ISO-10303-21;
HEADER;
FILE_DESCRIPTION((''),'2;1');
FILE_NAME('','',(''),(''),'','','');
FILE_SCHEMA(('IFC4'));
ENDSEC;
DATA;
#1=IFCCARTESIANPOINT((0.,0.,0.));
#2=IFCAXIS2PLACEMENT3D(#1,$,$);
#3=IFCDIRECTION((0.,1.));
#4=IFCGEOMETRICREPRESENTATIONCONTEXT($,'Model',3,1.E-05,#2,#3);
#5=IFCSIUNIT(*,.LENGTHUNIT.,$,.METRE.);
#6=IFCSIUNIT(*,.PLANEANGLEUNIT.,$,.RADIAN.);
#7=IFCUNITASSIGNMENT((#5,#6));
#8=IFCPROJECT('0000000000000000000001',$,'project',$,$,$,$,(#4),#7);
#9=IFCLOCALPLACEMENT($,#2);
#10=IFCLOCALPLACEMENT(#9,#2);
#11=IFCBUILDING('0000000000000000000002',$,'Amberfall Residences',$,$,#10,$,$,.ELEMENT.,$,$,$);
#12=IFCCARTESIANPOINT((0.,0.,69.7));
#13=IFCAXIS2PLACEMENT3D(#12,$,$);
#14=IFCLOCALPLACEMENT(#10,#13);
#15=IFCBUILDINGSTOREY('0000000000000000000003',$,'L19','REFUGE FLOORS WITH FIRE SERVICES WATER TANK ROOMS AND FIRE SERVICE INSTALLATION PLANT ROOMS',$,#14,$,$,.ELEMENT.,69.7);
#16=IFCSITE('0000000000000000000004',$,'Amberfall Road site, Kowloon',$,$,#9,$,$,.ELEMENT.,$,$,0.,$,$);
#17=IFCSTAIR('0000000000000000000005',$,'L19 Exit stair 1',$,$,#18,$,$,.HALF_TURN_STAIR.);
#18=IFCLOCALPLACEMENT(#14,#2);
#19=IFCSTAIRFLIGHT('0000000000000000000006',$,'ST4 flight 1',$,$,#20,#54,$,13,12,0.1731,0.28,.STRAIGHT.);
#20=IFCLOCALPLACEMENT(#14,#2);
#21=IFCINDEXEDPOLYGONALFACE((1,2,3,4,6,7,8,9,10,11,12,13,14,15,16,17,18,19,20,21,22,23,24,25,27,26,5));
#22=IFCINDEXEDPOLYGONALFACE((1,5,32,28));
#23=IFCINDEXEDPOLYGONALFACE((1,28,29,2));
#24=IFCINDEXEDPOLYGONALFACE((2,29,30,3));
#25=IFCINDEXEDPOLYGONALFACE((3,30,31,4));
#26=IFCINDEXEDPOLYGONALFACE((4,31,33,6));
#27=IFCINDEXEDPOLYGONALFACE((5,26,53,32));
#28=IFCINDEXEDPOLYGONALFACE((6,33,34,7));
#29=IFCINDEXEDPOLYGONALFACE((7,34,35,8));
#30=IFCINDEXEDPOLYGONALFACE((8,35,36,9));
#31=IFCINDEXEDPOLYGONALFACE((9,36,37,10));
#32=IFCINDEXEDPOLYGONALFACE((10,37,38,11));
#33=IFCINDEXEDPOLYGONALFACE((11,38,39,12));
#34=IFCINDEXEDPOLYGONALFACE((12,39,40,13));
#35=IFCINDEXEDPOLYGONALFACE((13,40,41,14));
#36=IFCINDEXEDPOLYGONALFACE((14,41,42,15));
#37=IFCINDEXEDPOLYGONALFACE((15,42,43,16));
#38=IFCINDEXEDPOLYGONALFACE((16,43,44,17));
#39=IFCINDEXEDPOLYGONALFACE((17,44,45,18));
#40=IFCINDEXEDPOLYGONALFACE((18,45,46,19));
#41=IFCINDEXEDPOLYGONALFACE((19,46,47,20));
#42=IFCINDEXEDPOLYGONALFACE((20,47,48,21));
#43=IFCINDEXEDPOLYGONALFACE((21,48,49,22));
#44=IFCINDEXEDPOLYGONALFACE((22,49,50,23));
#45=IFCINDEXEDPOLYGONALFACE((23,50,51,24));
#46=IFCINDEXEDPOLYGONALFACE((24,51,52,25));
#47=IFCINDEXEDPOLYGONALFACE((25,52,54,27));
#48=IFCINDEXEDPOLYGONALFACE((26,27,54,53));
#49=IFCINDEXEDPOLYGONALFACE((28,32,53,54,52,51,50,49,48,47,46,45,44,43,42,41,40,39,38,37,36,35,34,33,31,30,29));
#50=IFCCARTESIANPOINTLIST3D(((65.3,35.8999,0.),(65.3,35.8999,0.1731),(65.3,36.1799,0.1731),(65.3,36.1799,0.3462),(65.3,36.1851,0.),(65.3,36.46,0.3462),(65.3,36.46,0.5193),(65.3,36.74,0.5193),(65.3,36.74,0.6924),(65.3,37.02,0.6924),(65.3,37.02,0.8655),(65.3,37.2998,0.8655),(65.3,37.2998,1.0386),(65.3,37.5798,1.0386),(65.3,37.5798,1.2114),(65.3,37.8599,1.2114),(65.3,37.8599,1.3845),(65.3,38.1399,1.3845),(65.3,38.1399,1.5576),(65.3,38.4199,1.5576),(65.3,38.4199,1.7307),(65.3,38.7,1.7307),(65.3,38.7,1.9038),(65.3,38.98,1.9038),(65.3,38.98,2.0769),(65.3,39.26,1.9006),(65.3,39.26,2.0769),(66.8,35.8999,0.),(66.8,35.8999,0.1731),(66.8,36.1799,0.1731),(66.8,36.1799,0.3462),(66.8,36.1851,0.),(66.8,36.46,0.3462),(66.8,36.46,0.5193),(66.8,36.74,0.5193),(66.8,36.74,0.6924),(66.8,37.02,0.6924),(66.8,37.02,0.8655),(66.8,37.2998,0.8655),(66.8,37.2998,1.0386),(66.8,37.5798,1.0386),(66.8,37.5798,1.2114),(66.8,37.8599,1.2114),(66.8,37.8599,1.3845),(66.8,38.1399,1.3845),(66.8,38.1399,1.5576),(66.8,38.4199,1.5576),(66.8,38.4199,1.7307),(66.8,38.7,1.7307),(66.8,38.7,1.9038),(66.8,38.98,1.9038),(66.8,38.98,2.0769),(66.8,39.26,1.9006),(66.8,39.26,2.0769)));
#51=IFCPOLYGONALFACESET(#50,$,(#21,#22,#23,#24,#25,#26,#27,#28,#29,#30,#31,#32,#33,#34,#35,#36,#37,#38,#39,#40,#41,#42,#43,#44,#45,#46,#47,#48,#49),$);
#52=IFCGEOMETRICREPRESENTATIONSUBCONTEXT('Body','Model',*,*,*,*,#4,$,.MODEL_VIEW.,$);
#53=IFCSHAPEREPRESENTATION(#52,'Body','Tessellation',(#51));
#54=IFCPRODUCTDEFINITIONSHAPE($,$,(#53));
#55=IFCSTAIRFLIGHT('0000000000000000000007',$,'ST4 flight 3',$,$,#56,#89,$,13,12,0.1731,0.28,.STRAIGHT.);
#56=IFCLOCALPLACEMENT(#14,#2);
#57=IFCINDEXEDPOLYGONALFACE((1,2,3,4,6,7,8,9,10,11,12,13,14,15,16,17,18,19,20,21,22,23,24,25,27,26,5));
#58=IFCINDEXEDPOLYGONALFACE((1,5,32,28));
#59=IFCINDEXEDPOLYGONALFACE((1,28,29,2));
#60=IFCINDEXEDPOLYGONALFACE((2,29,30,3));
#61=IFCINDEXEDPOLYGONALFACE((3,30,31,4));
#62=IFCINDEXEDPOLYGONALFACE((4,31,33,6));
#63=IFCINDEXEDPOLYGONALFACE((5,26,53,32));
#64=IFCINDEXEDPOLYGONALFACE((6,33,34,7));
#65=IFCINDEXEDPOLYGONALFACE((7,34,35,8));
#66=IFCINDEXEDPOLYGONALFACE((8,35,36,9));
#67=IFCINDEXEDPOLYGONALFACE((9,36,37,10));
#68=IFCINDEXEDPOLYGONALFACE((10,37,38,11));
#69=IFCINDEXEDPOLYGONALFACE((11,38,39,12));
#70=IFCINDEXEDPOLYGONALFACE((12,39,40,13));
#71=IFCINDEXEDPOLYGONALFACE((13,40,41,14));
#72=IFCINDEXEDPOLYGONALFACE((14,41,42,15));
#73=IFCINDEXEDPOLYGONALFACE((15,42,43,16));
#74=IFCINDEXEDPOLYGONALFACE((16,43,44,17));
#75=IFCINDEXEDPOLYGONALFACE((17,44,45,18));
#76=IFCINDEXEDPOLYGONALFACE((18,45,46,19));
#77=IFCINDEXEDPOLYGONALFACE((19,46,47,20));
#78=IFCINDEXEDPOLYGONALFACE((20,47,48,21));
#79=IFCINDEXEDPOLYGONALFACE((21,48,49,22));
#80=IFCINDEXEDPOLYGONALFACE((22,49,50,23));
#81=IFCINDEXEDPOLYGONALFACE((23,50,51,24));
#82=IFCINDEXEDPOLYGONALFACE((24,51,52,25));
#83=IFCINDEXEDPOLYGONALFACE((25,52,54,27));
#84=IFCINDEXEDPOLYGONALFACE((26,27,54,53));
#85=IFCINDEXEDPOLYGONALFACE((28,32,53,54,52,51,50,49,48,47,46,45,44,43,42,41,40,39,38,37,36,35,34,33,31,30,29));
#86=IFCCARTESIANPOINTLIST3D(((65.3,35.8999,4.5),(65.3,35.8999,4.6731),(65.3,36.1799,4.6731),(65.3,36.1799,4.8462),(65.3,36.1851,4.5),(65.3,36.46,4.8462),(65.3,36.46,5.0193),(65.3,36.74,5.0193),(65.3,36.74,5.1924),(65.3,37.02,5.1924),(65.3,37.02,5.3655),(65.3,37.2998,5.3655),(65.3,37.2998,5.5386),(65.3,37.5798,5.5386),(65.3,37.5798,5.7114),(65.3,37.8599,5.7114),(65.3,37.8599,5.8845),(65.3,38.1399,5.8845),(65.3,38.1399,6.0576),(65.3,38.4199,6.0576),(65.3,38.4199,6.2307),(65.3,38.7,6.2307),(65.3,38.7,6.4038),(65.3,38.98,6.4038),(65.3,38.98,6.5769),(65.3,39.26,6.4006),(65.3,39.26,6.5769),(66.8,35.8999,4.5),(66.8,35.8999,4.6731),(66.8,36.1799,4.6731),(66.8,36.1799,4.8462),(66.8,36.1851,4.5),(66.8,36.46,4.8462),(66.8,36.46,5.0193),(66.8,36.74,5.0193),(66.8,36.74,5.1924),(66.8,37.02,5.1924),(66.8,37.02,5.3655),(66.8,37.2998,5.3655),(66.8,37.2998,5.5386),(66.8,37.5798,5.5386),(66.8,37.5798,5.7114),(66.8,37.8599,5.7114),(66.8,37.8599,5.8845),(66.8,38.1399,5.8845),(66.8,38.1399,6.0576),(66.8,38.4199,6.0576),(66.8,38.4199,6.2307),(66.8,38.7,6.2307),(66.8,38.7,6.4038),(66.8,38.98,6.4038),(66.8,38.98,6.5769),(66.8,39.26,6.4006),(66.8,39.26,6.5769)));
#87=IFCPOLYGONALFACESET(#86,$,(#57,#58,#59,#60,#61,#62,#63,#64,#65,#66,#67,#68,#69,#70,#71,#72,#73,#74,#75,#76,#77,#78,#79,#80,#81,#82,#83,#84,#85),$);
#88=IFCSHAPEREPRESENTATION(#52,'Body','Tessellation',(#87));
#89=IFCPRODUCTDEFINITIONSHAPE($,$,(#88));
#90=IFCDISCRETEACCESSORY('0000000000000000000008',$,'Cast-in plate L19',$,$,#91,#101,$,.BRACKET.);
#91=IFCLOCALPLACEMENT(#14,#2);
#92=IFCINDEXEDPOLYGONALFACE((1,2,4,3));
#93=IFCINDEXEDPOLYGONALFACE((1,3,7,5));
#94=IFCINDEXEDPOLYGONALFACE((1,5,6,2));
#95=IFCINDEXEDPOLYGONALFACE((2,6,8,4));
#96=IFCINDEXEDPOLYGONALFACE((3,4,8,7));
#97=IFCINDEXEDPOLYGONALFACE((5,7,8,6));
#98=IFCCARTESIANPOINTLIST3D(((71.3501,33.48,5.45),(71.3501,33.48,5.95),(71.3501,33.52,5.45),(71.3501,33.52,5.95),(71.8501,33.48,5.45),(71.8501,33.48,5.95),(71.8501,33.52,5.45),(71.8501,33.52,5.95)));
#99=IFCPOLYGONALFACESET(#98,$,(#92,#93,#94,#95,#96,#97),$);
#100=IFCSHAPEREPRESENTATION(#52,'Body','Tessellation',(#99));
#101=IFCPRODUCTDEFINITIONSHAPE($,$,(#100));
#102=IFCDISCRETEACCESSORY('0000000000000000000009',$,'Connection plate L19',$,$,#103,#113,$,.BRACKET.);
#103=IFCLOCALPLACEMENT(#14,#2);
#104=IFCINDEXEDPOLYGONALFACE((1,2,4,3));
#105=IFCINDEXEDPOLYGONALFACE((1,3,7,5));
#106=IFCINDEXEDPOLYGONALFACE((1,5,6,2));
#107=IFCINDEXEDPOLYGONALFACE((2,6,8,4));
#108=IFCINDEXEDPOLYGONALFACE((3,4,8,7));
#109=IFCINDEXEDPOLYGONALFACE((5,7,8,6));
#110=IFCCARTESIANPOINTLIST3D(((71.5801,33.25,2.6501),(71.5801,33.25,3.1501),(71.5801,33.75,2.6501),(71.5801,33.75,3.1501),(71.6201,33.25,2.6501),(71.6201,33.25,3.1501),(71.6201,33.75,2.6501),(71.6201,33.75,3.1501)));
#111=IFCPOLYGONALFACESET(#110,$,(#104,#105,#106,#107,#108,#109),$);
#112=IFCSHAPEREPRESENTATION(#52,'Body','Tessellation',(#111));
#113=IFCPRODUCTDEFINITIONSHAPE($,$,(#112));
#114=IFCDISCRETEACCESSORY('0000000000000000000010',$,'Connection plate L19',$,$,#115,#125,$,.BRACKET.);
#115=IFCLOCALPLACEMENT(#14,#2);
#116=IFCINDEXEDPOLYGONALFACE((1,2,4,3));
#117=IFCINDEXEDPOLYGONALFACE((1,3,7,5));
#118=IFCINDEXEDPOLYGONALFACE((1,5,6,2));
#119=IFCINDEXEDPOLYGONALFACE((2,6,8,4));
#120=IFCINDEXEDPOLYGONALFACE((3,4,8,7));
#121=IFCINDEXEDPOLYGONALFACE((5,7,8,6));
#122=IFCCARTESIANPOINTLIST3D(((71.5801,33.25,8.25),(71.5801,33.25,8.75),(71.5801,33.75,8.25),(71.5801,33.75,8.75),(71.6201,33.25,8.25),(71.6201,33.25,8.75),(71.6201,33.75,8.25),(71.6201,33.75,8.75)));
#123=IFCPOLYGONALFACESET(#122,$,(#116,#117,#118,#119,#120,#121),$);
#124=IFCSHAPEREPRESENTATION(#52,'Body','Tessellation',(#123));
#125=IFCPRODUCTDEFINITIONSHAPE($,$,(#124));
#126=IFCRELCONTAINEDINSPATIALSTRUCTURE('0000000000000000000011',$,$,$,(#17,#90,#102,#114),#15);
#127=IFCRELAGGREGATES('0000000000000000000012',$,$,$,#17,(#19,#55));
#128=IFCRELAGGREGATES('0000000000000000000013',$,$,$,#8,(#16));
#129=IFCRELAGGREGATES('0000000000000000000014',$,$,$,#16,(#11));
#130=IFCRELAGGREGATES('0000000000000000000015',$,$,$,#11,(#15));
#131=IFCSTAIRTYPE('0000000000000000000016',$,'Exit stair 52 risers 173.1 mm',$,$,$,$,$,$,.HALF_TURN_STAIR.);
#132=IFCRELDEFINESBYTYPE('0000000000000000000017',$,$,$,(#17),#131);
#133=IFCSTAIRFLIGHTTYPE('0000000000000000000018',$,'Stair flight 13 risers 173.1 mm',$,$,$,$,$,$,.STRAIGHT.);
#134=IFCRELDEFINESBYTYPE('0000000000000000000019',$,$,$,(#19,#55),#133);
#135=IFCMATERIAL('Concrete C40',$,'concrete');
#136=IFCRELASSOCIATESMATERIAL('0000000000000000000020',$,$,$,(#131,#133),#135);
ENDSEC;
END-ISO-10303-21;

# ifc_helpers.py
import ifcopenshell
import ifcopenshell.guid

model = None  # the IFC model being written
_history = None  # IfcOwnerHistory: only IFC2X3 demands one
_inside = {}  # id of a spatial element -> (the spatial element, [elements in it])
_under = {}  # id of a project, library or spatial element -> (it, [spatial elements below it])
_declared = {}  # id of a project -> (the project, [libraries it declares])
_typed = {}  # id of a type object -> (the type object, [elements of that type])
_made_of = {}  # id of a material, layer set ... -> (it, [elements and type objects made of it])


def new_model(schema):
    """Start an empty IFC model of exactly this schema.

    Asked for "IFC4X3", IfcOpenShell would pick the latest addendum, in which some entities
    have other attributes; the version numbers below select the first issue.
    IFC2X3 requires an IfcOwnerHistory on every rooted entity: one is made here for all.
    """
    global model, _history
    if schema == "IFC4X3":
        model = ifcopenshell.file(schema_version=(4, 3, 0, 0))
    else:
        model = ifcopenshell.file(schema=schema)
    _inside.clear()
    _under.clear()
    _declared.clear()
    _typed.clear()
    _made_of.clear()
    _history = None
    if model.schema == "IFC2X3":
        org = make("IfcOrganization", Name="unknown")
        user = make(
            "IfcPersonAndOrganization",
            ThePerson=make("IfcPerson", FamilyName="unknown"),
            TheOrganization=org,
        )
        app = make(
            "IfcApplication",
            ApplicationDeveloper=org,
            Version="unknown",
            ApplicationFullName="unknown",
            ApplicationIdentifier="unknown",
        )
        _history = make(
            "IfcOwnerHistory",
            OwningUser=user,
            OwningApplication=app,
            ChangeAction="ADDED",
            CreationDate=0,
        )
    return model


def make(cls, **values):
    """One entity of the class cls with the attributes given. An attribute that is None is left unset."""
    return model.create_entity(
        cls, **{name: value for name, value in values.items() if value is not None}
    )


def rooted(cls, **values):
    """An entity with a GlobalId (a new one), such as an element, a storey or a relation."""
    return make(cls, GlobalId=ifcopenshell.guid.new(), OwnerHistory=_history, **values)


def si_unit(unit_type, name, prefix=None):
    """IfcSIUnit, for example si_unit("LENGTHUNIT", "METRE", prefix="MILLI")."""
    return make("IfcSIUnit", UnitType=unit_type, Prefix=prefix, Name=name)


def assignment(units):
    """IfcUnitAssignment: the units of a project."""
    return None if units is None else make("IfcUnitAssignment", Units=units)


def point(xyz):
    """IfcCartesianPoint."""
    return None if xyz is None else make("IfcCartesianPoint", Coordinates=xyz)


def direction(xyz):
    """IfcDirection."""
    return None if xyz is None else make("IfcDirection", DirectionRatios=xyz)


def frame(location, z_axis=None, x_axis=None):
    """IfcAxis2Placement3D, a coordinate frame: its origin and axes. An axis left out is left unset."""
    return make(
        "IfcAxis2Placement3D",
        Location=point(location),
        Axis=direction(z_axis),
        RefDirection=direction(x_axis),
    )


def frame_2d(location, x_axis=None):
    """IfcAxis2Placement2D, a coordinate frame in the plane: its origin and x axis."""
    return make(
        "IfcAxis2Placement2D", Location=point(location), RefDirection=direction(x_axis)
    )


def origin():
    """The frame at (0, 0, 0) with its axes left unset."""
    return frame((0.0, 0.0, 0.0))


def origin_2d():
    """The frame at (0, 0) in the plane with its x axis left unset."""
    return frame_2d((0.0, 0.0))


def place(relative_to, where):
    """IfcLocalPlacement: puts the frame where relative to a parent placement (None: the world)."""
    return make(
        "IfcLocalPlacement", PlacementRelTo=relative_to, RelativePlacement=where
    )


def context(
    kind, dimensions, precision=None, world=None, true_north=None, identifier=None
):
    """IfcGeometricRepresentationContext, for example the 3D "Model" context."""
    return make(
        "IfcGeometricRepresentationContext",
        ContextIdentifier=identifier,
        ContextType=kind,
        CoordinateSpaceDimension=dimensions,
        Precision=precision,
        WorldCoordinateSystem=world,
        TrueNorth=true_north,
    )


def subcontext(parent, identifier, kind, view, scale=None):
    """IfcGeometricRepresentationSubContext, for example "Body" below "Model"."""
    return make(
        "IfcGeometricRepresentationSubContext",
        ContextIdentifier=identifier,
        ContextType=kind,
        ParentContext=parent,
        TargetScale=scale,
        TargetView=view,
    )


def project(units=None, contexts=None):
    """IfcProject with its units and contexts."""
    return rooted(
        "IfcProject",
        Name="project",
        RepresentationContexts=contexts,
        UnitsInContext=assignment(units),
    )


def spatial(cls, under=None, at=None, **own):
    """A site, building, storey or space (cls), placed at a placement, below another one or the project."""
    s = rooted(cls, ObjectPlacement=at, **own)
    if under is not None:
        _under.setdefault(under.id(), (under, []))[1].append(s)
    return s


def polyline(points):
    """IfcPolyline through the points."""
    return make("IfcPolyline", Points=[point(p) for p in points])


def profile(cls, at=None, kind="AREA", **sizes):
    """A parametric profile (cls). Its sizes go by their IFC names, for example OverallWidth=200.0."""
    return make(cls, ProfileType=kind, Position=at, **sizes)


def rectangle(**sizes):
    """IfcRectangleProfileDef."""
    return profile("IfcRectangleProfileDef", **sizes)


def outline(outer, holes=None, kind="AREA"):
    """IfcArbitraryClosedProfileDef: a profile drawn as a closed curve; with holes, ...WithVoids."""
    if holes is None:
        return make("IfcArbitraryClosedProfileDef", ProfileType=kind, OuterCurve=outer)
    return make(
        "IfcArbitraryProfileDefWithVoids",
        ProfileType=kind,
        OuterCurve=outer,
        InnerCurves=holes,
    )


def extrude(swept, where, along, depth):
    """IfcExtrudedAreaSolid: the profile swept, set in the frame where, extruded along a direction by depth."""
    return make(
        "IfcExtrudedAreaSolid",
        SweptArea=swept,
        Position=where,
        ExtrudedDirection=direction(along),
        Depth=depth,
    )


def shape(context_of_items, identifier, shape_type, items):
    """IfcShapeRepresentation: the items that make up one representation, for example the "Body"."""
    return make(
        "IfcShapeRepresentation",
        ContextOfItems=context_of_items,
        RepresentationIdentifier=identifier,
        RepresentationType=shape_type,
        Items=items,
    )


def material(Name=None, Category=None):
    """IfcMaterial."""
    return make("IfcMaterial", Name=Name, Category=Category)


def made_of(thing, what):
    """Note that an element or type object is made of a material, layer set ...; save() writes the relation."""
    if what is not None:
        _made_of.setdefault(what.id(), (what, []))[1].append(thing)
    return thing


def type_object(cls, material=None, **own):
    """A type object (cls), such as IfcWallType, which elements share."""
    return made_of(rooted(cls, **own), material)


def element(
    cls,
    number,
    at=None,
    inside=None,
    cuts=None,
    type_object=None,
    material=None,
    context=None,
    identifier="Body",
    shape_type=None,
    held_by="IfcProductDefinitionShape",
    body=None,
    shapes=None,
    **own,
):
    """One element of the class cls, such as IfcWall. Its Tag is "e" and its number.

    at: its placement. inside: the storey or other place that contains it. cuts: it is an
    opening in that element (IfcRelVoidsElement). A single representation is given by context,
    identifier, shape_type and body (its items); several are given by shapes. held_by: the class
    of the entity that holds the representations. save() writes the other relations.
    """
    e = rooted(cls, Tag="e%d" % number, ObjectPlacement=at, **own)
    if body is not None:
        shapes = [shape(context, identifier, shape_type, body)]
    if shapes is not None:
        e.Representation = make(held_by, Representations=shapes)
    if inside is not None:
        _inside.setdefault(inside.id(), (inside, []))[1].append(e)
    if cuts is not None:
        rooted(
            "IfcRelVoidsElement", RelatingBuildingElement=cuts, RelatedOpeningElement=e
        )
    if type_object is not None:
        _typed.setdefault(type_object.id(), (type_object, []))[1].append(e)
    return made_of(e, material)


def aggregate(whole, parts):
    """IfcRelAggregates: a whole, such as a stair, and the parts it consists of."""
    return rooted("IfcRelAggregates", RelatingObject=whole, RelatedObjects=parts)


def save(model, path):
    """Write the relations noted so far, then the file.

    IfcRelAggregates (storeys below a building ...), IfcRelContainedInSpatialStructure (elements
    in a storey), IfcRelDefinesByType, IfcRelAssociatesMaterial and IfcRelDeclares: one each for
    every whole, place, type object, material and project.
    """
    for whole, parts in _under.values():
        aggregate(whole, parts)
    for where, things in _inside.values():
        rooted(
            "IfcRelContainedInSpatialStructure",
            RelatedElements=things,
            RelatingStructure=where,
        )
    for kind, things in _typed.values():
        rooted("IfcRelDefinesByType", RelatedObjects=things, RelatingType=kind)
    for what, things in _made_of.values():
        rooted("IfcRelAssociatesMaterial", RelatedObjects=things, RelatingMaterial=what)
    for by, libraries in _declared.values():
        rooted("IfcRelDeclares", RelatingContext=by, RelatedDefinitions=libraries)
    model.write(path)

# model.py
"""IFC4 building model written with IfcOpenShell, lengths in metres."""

from ifc_helpers import new_model, si_unit, direction, frame, origin, origin_2d, place, context, subcontext, project, spatial, polyline, rectangle, outline, extrude, material, type_object, element, aggregate, save


model = new_model("IFC4")

# Units and contexts
model_context = context("Model", 3, precision=1e-05, world=origin(), true_north=direction((0.0, 1.0)))
body_context = subcontext(model_context, "Body", "Model", "MODEL_VIEW")
ifc_project = project(units=[si_unit("LENGTHUNIT", "METRE"), si_unit("PLANEANGLEUNIT", "RADIAN")], contexts=[model_context])

# Site, building, storey
site_placement = place(None, origin())
site = spatial("IfcSite", under=ifc_project, at=site_placement, Name="Amberfall Road site, Kowloon", CompositionType="ELEMENT", RefElevation=0.0)
building_placement = place(site_placement, origin())
building = spatial("IfcBuilding", under=site, at=building_placement, Name="Amberfall Residences", CompositionType="ELEMENT")
storey_placement = place(building_placement, frame((0.0, 0.0, 69.7)))
storey = spatial("IfcBuildingStorey", under=building, at=storey_placement, Name="L19", Description="REFUGE FLOORS WITH FIRE SERVICES WATER TANK ROOMS AND FIRE SERVICE INSTALLATION PLANT ROOMS", CompositionType="ELEMENT", Elevation=69.7)

# Shared definitions
ifc_material_1 = material(Name="Concrete C40", Category="concrete")

# Stair, stair flights
stair_type = type_object("IfcStairType", Name="Exit stair 52 risers 173.1 mm", PredefinedType="HALF_TURN_STAIR", material=ifc_material_1)
stair_placement = place(storey_placement, origin())
stair = element("IfcStair", 1, at=stair_placement, inside=storey, type_object=stair_type, Name="L19 Exit stair 1", PredefinedType="HALF_TURN_STAIR")
stair_flight_type = type_object("IfcStairFlightType", Name="Stair flight 13 risers 173.1 mm", PredefinedType="STRAIGHT", material=ifc_material_1)
stair_flight_1_placement = place(storey_placement, frame((66.05, 35.8999, 0.0), z_axis=(0.0, 0.0, 1.0), x_axis=(0.0, 1.0, 0.0)))
stair_flight_1 = element("IfcStairFlight", 2, at=stair_flight_1_placement, type_object=stair_flight_type, Name="ST4 flight 1", NumberOfRisers=13, NumberOfTreads=12, PredefinedType="STRAIGHT", RiserHeight=0.1731, TreadLength=0.28, context=body_context, shape_type="SweptSolid", body=[
    extrude(outline(polyline([(0.0, 0.0), (0.0, 0.1731), (0.28, 0.1731), (0.28, 0.3462), (0.5601, 0.3462), (0.5601, 0.5193), (0.8401, 0.5193), (0.8401, 0.6924), (1.1201, 0.6924), (1.1201, 0.8655), (1.3999, 0.8655), (1.3999, 1.0386), (1.6799, 1.0386), (1.6799, 1.2114), (1.96, 1.2114), (1.96, 1.3845), (2.24, 1.3845), (2.24, 1.5576), (2.52, 1.5576), (2.52, 1.7307), (2.8, 1.7307), (2.8, 1.9038), (3.0801, 1.9038), (3.0801, 2.0769), (3.3601, 2.0769), (3.3601, 2.25), (3.3601, 1.9006), (0.2852, 0.0), (0.0, 0.0)])), frame((0.0, 0.75, 0.0), z_axis=(0.0, -1.0, 0.0), x_axis=(1.0, 0.0, 0.0)), (0.0, 0.0, 1.0), 1.5),
])
stair_flight_2_placement = place(storey_placement, frame((66.05, 35.8999, 4.5), z_axis=(0.0, 0.0, 1.0), x_axis=(0.0, 1.0, 0.0)))
stair_flight_2 = element("IfcStairFlight", 3, at=stair_flight_2_placement, type_object=stair_flight_type, Name="ST4 flight 3", NumberOfRisers=13, NumberOfTreads=12, PredefinedType="STRAIGHT", RiserHeight=0.1731, TreadLength=0.28, context=body_context, shape_type="SweptSolid", body=[
    extrude(outline(polyline([(0.0, 0.0), (0.0, 0.1731), (0.28, 0.1731), (0.28, 0.3462), (0.5601, 0.3462), (0.5601, 0.5193), (0.8401, 0.5193), (0.8401, 0.6924), (1.1201, 0.6924), (1.1201, 0.8655), (1.3999, 0.8655), (1.3999, 1.0386), (1.6799, 1.0386), (1.6799, 1.2114), (1.96, 1.2114), (1.96, 1.3845), (2.24, 1.3845), (2.24, 1.5576), (2.52, 1.5576), (2.52, 1.7307), (2.8, 1.7307), (2.8, 1.9038), (3.0801, 1.9038), (3.0801, 2.0769), (3.3601, 2.0769), (3.3601, 2.25), (3.3601, 1.9006), (0.2852, 0.0), (0.0, 0.0)])), frame((0.0, 0.75, 0.0), z_axis=(0.0, -1.0, 0.0), x_axis=(1.0, 0.0, 0.0)), (0.0, 0.0, 1.0), 1.5),
])
aggregate(stair, [stair_flight_1, stair_flight_2])

# Discrete accessories
discrete_accessory_placement = place(storey_placement, frame((71.6001, 33.5, 5.45), z_axis=(0.0, 0.0, 1.0), x_axis=(0.0, 1.0, 0.0)))
element("IfcDiscreteAccessory", 4, at=discrete_accessory_placement, inside=storey, Name="Cast-in plate L19", PredefinedType="BRACKET", context=body_context, shape_type="SweptSolid", body=[
    extrude(rectangle(XDim=0.04, YDim=0.5, at=origin_2d()), origin(), (0.0, 0.0, 1.0), 0.5),
])
for number, where, z_axis, x_axis, name in (
    (5, (71.6001, 33.5, 2.6501), (0.0, 0.0, 1.0), (0.0, 1.0, 0.0), "Connection plate L19"),
    (6, (71.6001, 33.5, 8.25), (0.0, 0.0, 1.0), (0.0, 1.0, 0.0), "Connection plate L19"),
):
    element("IfcDiscreteAccessory", number, at=place(storey_placement, frame(where, z_axis=z_axis, x_axis=x_axis)), inside=storey, Name=name, PredefinedType="BRACKET", context=body_context, shape_type="SweptSolid", body=[
        extrude(rectangle(XDim=0.5, YDim=0.04, at=origin_2d()), origin(), (0.0, 0.0, 1.0), 0.5),
    ])

save(model, "model.ifc")
